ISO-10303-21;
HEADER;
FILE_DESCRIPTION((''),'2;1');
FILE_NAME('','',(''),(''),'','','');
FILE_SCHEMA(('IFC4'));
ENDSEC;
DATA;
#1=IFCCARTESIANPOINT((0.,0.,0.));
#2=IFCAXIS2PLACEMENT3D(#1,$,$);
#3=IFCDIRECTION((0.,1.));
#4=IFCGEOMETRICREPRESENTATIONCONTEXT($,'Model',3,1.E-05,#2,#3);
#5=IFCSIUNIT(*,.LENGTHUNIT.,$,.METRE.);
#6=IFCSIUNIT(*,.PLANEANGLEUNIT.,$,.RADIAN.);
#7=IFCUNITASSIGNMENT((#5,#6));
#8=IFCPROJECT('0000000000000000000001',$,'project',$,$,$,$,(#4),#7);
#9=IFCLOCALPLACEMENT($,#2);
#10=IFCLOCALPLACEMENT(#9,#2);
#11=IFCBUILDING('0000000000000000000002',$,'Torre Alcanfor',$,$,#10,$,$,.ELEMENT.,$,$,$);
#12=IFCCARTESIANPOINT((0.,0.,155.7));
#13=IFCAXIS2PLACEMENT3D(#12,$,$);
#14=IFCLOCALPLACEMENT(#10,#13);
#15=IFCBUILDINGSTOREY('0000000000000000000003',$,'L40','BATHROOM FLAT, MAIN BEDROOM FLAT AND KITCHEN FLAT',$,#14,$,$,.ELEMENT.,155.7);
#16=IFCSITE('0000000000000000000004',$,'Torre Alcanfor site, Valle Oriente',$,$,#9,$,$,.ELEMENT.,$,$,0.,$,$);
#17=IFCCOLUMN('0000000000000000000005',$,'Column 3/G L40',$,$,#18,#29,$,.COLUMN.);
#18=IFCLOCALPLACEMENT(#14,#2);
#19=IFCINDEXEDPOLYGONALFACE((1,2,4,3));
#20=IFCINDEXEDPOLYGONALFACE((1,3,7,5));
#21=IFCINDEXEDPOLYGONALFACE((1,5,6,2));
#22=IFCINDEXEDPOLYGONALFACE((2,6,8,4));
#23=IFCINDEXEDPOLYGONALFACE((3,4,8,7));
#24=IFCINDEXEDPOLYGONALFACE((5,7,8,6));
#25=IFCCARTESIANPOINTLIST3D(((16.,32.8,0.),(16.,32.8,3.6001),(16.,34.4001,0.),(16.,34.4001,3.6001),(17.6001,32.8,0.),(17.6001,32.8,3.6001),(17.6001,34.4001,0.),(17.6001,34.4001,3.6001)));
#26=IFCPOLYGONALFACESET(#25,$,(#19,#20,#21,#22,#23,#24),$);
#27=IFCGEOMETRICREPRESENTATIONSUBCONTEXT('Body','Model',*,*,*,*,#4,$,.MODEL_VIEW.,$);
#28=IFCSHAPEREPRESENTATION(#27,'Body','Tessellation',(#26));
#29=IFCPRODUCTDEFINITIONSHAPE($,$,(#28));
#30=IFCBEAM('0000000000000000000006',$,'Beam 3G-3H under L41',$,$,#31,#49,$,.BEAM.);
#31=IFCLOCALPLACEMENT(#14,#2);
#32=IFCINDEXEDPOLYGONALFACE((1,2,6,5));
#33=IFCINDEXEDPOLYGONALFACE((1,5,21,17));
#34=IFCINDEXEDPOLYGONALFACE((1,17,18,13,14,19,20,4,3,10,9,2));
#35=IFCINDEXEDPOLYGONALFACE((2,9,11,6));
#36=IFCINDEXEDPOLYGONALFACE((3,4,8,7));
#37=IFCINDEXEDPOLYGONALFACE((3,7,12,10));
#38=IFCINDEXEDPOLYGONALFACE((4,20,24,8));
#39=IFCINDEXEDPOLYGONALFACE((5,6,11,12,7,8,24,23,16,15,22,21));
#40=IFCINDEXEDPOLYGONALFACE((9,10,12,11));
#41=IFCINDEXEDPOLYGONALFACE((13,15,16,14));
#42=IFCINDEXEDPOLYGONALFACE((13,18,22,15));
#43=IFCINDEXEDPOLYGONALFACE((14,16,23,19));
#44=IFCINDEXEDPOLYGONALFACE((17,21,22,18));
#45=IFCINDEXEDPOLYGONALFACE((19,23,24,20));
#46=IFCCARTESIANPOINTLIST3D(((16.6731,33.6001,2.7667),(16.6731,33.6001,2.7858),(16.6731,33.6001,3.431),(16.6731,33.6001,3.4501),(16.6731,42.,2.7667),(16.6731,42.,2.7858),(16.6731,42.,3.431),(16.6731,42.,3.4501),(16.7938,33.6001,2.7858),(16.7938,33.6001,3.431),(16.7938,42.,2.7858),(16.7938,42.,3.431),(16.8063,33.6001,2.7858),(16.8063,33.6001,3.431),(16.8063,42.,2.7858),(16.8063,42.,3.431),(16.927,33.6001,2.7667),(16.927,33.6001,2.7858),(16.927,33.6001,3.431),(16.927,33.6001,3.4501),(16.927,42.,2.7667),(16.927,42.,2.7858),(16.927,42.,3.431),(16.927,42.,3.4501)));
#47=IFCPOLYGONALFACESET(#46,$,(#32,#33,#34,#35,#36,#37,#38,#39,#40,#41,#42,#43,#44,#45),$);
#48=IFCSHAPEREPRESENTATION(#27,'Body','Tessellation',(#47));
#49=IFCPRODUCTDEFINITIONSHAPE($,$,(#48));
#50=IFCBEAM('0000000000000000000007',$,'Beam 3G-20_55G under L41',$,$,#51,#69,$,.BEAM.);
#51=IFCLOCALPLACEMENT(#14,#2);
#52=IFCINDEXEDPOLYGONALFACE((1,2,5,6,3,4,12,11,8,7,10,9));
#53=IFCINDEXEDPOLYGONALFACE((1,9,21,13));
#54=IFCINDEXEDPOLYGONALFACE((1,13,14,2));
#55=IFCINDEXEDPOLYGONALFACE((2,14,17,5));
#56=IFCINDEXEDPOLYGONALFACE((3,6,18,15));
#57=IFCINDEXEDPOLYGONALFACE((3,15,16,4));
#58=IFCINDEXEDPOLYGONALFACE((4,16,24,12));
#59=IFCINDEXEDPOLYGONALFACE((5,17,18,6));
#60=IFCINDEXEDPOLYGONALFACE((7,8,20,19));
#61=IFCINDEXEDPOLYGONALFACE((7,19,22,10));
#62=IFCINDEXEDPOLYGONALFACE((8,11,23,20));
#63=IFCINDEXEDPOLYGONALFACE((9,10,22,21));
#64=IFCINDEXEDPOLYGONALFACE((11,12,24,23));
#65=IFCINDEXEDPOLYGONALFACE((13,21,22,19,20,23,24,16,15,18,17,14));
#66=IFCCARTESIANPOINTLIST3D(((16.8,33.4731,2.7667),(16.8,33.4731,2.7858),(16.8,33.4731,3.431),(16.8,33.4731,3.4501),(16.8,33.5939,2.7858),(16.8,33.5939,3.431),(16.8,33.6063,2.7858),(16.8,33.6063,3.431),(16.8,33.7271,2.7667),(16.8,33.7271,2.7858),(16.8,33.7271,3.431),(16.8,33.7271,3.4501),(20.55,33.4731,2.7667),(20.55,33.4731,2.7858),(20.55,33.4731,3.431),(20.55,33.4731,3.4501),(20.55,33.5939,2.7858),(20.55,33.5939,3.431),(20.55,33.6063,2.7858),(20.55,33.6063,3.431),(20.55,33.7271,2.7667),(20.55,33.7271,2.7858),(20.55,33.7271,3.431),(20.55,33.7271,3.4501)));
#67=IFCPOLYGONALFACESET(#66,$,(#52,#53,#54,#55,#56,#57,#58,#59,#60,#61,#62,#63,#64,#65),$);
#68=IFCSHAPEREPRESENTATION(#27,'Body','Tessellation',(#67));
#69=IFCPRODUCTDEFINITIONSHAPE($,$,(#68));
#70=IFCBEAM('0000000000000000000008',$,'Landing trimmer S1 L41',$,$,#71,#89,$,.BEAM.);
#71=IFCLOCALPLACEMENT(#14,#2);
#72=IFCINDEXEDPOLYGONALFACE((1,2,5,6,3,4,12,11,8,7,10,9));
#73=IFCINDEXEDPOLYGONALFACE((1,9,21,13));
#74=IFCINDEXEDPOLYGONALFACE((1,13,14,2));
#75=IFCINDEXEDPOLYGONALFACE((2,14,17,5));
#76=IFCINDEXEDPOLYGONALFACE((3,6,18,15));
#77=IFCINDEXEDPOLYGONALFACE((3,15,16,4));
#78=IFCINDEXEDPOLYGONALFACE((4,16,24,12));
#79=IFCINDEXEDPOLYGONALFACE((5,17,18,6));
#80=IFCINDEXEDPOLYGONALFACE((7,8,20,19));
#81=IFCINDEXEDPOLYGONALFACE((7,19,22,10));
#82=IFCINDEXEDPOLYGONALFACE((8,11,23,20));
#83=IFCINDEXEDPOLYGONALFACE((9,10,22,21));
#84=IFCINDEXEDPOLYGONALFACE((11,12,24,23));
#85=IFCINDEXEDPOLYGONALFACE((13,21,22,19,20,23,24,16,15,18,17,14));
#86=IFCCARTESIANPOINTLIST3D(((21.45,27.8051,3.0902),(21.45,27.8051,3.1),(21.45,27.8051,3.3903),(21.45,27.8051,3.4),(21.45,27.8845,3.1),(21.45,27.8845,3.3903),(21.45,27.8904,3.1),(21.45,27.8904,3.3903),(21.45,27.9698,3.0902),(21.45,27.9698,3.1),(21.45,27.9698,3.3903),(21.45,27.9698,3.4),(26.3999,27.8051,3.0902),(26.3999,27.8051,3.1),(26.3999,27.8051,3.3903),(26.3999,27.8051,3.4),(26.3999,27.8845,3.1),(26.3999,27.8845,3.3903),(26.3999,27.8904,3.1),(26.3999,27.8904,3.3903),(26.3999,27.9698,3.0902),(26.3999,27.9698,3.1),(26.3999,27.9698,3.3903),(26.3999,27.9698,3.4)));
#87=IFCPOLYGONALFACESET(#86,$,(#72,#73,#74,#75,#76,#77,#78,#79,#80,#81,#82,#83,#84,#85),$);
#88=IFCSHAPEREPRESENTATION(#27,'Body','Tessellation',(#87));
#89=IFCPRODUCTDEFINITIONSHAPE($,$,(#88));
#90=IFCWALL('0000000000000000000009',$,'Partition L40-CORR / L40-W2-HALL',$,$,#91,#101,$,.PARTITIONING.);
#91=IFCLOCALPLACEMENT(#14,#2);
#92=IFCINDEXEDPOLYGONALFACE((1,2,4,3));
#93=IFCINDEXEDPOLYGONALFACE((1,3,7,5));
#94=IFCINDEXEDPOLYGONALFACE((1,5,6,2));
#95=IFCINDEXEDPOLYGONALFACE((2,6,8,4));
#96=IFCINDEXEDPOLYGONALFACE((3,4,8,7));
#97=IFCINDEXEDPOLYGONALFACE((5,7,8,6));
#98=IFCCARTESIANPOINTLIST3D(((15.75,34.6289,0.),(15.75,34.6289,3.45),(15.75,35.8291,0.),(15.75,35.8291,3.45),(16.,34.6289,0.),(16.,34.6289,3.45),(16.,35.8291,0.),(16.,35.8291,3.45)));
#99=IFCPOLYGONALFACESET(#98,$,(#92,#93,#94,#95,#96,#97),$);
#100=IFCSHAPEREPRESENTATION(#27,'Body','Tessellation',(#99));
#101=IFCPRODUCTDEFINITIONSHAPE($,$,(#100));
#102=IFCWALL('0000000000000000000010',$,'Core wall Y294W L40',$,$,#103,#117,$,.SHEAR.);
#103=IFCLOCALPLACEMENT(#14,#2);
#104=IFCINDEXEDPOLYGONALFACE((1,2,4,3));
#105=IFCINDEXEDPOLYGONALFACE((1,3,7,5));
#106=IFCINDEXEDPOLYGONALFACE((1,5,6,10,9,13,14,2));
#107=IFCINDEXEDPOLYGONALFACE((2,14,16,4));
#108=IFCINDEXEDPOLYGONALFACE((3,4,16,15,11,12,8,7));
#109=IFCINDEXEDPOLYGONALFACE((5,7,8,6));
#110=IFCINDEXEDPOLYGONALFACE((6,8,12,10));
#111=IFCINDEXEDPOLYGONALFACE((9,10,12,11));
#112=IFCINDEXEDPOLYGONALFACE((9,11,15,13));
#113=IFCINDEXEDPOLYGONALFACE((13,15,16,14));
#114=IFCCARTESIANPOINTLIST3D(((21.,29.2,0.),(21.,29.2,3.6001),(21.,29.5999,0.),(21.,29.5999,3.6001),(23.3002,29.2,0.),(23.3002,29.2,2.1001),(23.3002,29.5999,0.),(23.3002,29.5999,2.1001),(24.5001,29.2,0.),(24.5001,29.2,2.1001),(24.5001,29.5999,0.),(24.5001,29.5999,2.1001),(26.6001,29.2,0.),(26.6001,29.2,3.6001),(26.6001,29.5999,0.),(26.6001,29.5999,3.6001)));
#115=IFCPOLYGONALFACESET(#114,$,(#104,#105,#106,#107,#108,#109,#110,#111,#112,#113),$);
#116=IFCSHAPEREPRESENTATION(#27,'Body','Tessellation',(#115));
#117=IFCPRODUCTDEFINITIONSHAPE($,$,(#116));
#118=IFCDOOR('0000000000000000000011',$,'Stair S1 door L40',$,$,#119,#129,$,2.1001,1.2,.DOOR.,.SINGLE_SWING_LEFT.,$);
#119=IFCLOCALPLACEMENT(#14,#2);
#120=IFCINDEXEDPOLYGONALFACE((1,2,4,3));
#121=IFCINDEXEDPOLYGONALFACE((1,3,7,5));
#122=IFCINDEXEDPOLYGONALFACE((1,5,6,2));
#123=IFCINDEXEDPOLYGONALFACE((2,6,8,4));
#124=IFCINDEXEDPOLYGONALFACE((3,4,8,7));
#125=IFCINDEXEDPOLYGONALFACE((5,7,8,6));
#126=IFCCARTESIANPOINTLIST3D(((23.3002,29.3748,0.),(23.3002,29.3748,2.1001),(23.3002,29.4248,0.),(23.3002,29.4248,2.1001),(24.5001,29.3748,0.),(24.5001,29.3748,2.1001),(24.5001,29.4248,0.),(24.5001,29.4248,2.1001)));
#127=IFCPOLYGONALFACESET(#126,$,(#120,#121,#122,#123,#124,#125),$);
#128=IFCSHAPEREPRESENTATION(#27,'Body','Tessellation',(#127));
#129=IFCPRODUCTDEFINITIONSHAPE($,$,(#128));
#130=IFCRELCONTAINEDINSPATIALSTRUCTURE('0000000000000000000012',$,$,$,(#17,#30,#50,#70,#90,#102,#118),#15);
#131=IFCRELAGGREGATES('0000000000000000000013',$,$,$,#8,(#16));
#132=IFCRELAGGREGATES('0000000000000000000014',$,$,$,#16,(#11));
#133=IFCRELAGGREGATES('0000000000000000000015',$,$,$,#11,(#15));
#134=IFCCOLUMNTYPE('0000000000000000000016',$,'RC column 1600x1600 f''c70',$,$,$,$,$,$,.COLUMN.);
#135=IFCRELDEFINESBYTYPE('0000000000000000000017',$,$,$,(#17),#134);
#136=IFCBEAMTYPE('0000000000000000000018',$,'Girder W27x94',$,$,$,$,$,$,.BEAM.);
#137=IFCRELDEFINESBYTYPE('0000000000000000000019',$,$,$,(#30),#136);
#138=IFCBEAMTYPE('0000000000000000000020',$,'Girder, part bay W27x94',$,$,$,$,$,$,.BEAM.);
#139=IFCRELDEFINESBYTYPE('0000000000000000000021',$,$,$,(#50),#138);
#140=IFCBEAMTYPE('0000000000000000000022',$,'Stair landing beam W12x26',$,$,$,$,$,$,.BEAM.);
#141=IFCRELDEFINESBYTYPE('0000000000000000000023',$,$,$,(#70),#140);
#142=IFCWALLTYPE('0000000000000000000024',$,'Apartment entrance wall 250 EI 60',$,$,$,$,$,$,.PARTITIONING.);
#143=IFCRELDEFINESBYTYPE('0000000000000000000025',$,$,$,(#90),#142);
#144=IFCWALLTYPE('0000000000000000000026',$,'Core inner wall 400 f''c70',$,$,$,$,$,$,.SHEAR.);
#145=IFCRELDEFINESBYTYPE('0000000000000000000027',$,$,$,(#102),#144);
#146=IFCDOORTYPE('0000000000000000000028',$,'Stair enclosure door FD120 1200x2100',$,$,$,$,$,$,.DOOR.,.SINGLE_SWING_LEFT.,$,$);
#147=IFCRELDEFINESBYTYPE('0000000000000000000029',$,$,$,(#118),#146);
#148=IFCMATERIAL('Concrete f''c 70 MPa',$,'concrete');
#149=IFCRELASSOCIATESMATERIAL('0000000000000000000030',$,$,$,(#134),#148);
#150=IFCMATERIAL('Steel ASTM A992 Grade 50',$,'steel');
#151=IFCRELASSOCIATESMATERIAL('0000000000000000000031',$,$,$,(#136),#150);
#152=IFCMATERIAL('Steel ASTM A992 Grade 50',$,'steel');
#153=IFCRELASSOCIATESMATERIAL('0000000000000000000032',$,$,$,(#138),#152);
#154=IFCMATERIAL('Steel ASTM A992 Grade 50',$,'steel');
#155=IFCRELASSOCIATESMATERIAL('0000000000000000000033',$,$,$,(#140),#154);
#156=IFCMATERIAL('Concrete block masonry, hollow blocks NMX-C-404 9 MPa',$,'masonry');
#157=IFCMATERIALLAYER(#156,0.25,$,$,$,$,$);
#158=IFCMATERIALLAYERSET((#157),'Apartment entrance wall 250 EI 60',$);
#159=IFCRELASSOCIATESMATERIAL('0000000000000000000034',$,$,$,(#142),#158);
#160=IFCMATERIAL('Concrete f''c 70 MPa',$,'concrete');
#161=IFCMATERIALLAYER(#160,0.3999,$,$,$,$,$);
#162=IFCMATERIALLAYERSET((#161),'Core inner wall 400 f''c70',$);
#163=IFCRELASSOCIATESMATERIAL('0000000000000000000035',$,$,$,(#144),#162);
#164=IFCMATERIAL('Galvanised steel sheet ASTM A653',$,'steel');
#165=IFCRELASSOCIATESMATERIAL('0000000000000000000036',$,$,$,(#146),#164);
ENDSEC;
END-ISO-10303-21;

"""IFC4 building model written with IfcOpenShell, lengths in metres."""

from ifc_helpers import new_model, si_unit, direction, frame, frame_2d, origin, origin_2d, place, context, subcontext, project, spatial, rectangle, i_section, extrude, material, layer, layer_set, material_profile, profile_set, type_object, element, fill, save


model = new_model("IFC4")

# Units and contexts
model_context = context("Model", 3, precision=1e-05, world=origin(), true_north=direction((0.0, 1.0)))
body_context = subcontext(model_context, "Body", "Model", "MODEL_VIEW")
ifc_project = project(units=[si_unit("LENGTHUNIT", "METRE"), si_unit("PLANEANGLEUNIT", "RADIAN")], contexts=[model_context])

# Site, building, storey
site_placement = place(None, origin())
site = spatial("IfcSite", under=ifc_project, at=site_placement, Name="Torre Alcanfor site, Valle Oriente", CompositionType="ELEMENT", RefElevation=0.0)
building_placement = place(site_placement, origin())
building = spatial("IfcBuilding", under=site, at=building_placement, Name="Torre Alcanfor", CompositionType="ELEMENT")
storey_placement = place(building_placement, frame((0.0, 0.0, 155.7)))
storey = spatial("IfcBuildingStorey", under=building, at=storey_placement, Name="L40", Description="BATHROOM FLAT, MAIN BEDROOM FLAT AND KITCHEN FLAT", CompositionType="ELEMENT", Elevation=155.7)

# Column
ifc_material_1 = material(Name="Concrete f'c 70 MPa", Category="concrete")
ifc_material_profile_1 = material_profile(ifc_material_1, rectangle(XDim=1.6001, YDim=1.6001, at=origin_2d()), Name="1600x1600")
ifc_profile_set_1 = profile_set([ifc_material_profile_1], Name="Concrete f'c 70 MPa")
column_type = type_object("IfcColumnType", Name="RC column 1600x1600 f'c70", PredefinedType="COLUMN", material=ifc_profile_set_1)
column_placement = place(storey_placement, frame((16.8, 33.6001, 0.0), z_axis=(0.0, 0.0, 1.0), x_axis=(1.0, 0.0, 0.0)))
element("IfcColumn", 1, at=column_placement, inside=storey, type_object=column_type, Name="Column 3/G L40", PredefinedType="COLUMN", context=body_context, shape_type="SweptSolid", body=[
    extrude(rectangle(XDim=1.6001, YDim=1.6001, at=origin_2d()), origin(), (0.0, 0.0, 1.0), 3.6001),
])

# Beams
ifc_material_2 = material(Name="Steel ASTM A992 Grade 50", Category="steel")
ifc_material_profile_2 = material_profile(ifc_material_2, i_section(OverallWidth=0.2539, OverallDepth=0.6833, WebThickness=0.0125, FlangeThickness=0.019, at=origin_2d()), Name="W27x94")
ifc_profile_set_2 = profile_set([ifc_material_profile_2], Name="Steel ASTM A992 Grade 50")
beam_type_1 = type_object("IfcBeamType", Name="Girder W27x94", PredefinedType="BEAM", material=ifc_profile_set_2)
beam_1_placement = place(storey_placement, frame((16.8, 33.6001, 3.1084), z_axis=(0.0, 1.0, 0.0), x_axis=(-1.0, 0.0, 0.0)))
element("IfcBeam", 2, at=beam_1_placement, inside=storey, type_object=beam_type_1, Name="Beam 3G-3H under L41", PredefinedType="BEAM", context=body_context, shape_type="SweptSolid", body=[
    extrude(i_section(OverallWidth=0.2539, OverallDepth=0.6833, WebThickness=0.0125, FlangeThickness=0.019, at=origin_2d()), origin(), (0.0, 0.0, 1.0), 8.3999),
])
ifc_material_3 = material(Name="Steel ASTM A992 Grade 50", Category="steel")
ifc_material_profile_3 = material_profile(ifc_material_3, i_section(OverallWidth=0.2539, OverallDepth=0.6833, WebThickness=0.0125, FlangeThickness=0.019, at=origin_2d()), Name="W27x94")
ifc_profile_set_3 = profile_set([ifc_material_profile_3], Name="Steel ASTM A992 Grade 50")
beam_type_2 = type_object("IfcBeamType", Name="Girder, part bay W27x94", PredefinedType="BEAM", material=ifc_profile_set_3)
beam_2_placement = place(storey_placement, frame((16.8, 33.6001, 3.1084), z_axis=(1.0, 0.0, 0.0), x_axis=(0.0, 1.0, 0.0)))
element("IfcBeam", 3, at=beam_2_placement, inside=storey, type_object=beam_type_2, Name="Beam 3G-20_55G under L41", PredefinedType="BEAM", context=body_context, shape_type="SweptSolid", body=[
    extrude(i_section(OverallWidth=0.2539, OverallDepth=0.6833, WebThickness=0.0125, FlangeThickness=0.019, at=origin_2d()), origin(), (0.0, 0.0, 1.0), 3.75),
])
ifc_material_4 = material(Name="Steel ASTM A992 Grade 50", Category="steel")
ifc_material_profile_4 = material_profile(ifc_material_4, i_section(OverallWidth=0.1648, OverallDepth=0.3098, WebThickness=0.0059, FlangeThickness=0.0098, at=origin_2d()), Name="W12x26")
ifc_profile_set_4 = profile_set([ifc_material_profile_4], Name="Steel ASTM A992 Grade 50")
beam_type_3 = type_object("IfcBeamType", Name="Stair landing beam W12x26", PredefinedType="BEAM", material=ifc_profile_set_4)
beam_3_placement = place(storey_placement, frame((21.45, 27.8875, 3.2451), z_axis=(1.0, 0.0, 0.0), x_axis=(0.0, 1.0, 0.0)))
element("IfcBeam", 4, at=beam_3_placement, inside=storey, type_object=beam_type_3, Name="Landing trimmer S1 L41", PredefinedType="BEAM", context=body_context, shape_type="SweptSolid", body=[
    extrude(i_section(OverallWidth=0.1648, OverallDepth=0.3098, WebThickness=0.0059, FlangeThickness=0.0098, at=origin_2d()), origin(), (0.0, 0.0, 1.0), 4.95),
])

# Wall
ifc_material_5 = material(Name="Concrete block masonry, hollow blocks NMX-C-404 9 MPa", Category="masonry")
ifc_layer_1 = layer(ifc_material_5, 0.25)
ifc_layer_set_1 = layer_set([ifc_layer_1], Name="Apartment entrance wall 250 EI 60")
wall_type_1 = type_object("IfcWallType", Name="Apartment entrance wall 250 EI 60", PredefinedType="PARTITIONING", material=ifc_layer_set_1)
wall_1_placement = place(storey_placement, frame((15.875, 34.6289, 0.0), z_axis=(0.0, 0.0, 1.0), x_axis=(0.0, 1.0, 0.0)))
element("IfcWall", 5, at=wall_1_placement, inside=storey, type_object=wall_type_1, Name="Partition L40-CORR / L40-W2-HALL", PredefinedType="PARTITIONING", context=body_context, shape_type="SweptSolid", body=[
    extrude(rectangle(XDim=1.2002, YDim=0.25, at=frame_2d((0.6001, 0.0))), origin(), (0.0, 0.0, 1.0), 3.45),
])

# Wall, opening, door
ifc_material_6 = material(Name="Concrete f'c 70 MPa", Category="concrete")
ifc_layer_2 = layer(ifc_material_6, 0.3999)
ifc_layer_set_2 = layer_set([ifc_layer_2], Name="Core inner wall 400 f'c70")
wall_type_2 = type_object("IfcWallType", Name="Core inner wall 400 f'c70", PredefinedType="SHEAR", material=ifc_layer_set_2)
wall_2_placement = place(storey_placement, frame((21.0, 29.3999, 0.0), z_axis=(0.0, 0.0, 1.0), x_axis=(1.0, 0.0, 0.0)))
wall_2 = element("IfcWall", 6, at=wall_2_placement, inside=storey, type_object=wall_type_2, Name="Core wall Y294W L40", PredefinedType="SHEAR", context=body_context, shape_type="SweptSolid", body=[
    extrude(rectangle(XDim=5.6001, YDim=0.3999, at=frame_2d((2.8, 0.0))), origin(), (0.0, 0.0, 1.0), 3.6001),
])
opening_1_placement = place(wall_2_placement, frame((2.3, 0.0, 0.0)))
opening_1 = element("IfcOpeningElement", 7, at=opening_1_placement, cuts=wall_2, PredefinedType="OPENING", context=body_context, shape_type="SweptSolid", body=[
    extrude(rectangle(XDim=1.2, YDim=2.1001, at=frame_2d((0.6001, 1.05))), frame((0.0, 0.21, 0.0), z_axis=(0.0, -1.0, 0.0), x_axis=(1.0, 0.0, 0.0)), (0.0, 0.0, 1.0), 0.4199),
])
ifc_material_7 = material(Name="Galvanised steel sheet ASTM A653", Category="steel")
door_type_1 = type_object("IfcDoorType", Name="Stair enclosure door FD120 1200x2100", OperationType="SINGLE_SWING_LEFT", PredefinedType="DOOR", material=ifc_material_7)
door_1_placement = place(opening_1_placement, frame((1.2, 0.0, 0.0), z_axis=(0.0, 0.0, 1.0), x_axis=(-1.0, 0.0, 0.0)))
door_1 = element("IfcDoor", 8, at=door_1_placement, inside=storey, type_object=door_type_1, Name="Stair S1 door L40", OperationType="SINGLE_SWING_LEFT", OverallHeight=2.1001, OverallWidth=1.2, PredefinedType="DOOR", context=body_context, shape_type="SweptSolid", body=[
    extrude(rectangle(XDim=1.2, YDim=2.1001, at=frame_2d((0.5999, 1.05))), frame((0.0, 0.0251, 0.0), z_axis=(0.0, -1.0, 0.0), x_axis=(1.0, 0.0, 0.0)), (0.0, 0.0, 1.0), 0.05),
])
fill(opening_1, door_1)

save(model, "model.ifc")
